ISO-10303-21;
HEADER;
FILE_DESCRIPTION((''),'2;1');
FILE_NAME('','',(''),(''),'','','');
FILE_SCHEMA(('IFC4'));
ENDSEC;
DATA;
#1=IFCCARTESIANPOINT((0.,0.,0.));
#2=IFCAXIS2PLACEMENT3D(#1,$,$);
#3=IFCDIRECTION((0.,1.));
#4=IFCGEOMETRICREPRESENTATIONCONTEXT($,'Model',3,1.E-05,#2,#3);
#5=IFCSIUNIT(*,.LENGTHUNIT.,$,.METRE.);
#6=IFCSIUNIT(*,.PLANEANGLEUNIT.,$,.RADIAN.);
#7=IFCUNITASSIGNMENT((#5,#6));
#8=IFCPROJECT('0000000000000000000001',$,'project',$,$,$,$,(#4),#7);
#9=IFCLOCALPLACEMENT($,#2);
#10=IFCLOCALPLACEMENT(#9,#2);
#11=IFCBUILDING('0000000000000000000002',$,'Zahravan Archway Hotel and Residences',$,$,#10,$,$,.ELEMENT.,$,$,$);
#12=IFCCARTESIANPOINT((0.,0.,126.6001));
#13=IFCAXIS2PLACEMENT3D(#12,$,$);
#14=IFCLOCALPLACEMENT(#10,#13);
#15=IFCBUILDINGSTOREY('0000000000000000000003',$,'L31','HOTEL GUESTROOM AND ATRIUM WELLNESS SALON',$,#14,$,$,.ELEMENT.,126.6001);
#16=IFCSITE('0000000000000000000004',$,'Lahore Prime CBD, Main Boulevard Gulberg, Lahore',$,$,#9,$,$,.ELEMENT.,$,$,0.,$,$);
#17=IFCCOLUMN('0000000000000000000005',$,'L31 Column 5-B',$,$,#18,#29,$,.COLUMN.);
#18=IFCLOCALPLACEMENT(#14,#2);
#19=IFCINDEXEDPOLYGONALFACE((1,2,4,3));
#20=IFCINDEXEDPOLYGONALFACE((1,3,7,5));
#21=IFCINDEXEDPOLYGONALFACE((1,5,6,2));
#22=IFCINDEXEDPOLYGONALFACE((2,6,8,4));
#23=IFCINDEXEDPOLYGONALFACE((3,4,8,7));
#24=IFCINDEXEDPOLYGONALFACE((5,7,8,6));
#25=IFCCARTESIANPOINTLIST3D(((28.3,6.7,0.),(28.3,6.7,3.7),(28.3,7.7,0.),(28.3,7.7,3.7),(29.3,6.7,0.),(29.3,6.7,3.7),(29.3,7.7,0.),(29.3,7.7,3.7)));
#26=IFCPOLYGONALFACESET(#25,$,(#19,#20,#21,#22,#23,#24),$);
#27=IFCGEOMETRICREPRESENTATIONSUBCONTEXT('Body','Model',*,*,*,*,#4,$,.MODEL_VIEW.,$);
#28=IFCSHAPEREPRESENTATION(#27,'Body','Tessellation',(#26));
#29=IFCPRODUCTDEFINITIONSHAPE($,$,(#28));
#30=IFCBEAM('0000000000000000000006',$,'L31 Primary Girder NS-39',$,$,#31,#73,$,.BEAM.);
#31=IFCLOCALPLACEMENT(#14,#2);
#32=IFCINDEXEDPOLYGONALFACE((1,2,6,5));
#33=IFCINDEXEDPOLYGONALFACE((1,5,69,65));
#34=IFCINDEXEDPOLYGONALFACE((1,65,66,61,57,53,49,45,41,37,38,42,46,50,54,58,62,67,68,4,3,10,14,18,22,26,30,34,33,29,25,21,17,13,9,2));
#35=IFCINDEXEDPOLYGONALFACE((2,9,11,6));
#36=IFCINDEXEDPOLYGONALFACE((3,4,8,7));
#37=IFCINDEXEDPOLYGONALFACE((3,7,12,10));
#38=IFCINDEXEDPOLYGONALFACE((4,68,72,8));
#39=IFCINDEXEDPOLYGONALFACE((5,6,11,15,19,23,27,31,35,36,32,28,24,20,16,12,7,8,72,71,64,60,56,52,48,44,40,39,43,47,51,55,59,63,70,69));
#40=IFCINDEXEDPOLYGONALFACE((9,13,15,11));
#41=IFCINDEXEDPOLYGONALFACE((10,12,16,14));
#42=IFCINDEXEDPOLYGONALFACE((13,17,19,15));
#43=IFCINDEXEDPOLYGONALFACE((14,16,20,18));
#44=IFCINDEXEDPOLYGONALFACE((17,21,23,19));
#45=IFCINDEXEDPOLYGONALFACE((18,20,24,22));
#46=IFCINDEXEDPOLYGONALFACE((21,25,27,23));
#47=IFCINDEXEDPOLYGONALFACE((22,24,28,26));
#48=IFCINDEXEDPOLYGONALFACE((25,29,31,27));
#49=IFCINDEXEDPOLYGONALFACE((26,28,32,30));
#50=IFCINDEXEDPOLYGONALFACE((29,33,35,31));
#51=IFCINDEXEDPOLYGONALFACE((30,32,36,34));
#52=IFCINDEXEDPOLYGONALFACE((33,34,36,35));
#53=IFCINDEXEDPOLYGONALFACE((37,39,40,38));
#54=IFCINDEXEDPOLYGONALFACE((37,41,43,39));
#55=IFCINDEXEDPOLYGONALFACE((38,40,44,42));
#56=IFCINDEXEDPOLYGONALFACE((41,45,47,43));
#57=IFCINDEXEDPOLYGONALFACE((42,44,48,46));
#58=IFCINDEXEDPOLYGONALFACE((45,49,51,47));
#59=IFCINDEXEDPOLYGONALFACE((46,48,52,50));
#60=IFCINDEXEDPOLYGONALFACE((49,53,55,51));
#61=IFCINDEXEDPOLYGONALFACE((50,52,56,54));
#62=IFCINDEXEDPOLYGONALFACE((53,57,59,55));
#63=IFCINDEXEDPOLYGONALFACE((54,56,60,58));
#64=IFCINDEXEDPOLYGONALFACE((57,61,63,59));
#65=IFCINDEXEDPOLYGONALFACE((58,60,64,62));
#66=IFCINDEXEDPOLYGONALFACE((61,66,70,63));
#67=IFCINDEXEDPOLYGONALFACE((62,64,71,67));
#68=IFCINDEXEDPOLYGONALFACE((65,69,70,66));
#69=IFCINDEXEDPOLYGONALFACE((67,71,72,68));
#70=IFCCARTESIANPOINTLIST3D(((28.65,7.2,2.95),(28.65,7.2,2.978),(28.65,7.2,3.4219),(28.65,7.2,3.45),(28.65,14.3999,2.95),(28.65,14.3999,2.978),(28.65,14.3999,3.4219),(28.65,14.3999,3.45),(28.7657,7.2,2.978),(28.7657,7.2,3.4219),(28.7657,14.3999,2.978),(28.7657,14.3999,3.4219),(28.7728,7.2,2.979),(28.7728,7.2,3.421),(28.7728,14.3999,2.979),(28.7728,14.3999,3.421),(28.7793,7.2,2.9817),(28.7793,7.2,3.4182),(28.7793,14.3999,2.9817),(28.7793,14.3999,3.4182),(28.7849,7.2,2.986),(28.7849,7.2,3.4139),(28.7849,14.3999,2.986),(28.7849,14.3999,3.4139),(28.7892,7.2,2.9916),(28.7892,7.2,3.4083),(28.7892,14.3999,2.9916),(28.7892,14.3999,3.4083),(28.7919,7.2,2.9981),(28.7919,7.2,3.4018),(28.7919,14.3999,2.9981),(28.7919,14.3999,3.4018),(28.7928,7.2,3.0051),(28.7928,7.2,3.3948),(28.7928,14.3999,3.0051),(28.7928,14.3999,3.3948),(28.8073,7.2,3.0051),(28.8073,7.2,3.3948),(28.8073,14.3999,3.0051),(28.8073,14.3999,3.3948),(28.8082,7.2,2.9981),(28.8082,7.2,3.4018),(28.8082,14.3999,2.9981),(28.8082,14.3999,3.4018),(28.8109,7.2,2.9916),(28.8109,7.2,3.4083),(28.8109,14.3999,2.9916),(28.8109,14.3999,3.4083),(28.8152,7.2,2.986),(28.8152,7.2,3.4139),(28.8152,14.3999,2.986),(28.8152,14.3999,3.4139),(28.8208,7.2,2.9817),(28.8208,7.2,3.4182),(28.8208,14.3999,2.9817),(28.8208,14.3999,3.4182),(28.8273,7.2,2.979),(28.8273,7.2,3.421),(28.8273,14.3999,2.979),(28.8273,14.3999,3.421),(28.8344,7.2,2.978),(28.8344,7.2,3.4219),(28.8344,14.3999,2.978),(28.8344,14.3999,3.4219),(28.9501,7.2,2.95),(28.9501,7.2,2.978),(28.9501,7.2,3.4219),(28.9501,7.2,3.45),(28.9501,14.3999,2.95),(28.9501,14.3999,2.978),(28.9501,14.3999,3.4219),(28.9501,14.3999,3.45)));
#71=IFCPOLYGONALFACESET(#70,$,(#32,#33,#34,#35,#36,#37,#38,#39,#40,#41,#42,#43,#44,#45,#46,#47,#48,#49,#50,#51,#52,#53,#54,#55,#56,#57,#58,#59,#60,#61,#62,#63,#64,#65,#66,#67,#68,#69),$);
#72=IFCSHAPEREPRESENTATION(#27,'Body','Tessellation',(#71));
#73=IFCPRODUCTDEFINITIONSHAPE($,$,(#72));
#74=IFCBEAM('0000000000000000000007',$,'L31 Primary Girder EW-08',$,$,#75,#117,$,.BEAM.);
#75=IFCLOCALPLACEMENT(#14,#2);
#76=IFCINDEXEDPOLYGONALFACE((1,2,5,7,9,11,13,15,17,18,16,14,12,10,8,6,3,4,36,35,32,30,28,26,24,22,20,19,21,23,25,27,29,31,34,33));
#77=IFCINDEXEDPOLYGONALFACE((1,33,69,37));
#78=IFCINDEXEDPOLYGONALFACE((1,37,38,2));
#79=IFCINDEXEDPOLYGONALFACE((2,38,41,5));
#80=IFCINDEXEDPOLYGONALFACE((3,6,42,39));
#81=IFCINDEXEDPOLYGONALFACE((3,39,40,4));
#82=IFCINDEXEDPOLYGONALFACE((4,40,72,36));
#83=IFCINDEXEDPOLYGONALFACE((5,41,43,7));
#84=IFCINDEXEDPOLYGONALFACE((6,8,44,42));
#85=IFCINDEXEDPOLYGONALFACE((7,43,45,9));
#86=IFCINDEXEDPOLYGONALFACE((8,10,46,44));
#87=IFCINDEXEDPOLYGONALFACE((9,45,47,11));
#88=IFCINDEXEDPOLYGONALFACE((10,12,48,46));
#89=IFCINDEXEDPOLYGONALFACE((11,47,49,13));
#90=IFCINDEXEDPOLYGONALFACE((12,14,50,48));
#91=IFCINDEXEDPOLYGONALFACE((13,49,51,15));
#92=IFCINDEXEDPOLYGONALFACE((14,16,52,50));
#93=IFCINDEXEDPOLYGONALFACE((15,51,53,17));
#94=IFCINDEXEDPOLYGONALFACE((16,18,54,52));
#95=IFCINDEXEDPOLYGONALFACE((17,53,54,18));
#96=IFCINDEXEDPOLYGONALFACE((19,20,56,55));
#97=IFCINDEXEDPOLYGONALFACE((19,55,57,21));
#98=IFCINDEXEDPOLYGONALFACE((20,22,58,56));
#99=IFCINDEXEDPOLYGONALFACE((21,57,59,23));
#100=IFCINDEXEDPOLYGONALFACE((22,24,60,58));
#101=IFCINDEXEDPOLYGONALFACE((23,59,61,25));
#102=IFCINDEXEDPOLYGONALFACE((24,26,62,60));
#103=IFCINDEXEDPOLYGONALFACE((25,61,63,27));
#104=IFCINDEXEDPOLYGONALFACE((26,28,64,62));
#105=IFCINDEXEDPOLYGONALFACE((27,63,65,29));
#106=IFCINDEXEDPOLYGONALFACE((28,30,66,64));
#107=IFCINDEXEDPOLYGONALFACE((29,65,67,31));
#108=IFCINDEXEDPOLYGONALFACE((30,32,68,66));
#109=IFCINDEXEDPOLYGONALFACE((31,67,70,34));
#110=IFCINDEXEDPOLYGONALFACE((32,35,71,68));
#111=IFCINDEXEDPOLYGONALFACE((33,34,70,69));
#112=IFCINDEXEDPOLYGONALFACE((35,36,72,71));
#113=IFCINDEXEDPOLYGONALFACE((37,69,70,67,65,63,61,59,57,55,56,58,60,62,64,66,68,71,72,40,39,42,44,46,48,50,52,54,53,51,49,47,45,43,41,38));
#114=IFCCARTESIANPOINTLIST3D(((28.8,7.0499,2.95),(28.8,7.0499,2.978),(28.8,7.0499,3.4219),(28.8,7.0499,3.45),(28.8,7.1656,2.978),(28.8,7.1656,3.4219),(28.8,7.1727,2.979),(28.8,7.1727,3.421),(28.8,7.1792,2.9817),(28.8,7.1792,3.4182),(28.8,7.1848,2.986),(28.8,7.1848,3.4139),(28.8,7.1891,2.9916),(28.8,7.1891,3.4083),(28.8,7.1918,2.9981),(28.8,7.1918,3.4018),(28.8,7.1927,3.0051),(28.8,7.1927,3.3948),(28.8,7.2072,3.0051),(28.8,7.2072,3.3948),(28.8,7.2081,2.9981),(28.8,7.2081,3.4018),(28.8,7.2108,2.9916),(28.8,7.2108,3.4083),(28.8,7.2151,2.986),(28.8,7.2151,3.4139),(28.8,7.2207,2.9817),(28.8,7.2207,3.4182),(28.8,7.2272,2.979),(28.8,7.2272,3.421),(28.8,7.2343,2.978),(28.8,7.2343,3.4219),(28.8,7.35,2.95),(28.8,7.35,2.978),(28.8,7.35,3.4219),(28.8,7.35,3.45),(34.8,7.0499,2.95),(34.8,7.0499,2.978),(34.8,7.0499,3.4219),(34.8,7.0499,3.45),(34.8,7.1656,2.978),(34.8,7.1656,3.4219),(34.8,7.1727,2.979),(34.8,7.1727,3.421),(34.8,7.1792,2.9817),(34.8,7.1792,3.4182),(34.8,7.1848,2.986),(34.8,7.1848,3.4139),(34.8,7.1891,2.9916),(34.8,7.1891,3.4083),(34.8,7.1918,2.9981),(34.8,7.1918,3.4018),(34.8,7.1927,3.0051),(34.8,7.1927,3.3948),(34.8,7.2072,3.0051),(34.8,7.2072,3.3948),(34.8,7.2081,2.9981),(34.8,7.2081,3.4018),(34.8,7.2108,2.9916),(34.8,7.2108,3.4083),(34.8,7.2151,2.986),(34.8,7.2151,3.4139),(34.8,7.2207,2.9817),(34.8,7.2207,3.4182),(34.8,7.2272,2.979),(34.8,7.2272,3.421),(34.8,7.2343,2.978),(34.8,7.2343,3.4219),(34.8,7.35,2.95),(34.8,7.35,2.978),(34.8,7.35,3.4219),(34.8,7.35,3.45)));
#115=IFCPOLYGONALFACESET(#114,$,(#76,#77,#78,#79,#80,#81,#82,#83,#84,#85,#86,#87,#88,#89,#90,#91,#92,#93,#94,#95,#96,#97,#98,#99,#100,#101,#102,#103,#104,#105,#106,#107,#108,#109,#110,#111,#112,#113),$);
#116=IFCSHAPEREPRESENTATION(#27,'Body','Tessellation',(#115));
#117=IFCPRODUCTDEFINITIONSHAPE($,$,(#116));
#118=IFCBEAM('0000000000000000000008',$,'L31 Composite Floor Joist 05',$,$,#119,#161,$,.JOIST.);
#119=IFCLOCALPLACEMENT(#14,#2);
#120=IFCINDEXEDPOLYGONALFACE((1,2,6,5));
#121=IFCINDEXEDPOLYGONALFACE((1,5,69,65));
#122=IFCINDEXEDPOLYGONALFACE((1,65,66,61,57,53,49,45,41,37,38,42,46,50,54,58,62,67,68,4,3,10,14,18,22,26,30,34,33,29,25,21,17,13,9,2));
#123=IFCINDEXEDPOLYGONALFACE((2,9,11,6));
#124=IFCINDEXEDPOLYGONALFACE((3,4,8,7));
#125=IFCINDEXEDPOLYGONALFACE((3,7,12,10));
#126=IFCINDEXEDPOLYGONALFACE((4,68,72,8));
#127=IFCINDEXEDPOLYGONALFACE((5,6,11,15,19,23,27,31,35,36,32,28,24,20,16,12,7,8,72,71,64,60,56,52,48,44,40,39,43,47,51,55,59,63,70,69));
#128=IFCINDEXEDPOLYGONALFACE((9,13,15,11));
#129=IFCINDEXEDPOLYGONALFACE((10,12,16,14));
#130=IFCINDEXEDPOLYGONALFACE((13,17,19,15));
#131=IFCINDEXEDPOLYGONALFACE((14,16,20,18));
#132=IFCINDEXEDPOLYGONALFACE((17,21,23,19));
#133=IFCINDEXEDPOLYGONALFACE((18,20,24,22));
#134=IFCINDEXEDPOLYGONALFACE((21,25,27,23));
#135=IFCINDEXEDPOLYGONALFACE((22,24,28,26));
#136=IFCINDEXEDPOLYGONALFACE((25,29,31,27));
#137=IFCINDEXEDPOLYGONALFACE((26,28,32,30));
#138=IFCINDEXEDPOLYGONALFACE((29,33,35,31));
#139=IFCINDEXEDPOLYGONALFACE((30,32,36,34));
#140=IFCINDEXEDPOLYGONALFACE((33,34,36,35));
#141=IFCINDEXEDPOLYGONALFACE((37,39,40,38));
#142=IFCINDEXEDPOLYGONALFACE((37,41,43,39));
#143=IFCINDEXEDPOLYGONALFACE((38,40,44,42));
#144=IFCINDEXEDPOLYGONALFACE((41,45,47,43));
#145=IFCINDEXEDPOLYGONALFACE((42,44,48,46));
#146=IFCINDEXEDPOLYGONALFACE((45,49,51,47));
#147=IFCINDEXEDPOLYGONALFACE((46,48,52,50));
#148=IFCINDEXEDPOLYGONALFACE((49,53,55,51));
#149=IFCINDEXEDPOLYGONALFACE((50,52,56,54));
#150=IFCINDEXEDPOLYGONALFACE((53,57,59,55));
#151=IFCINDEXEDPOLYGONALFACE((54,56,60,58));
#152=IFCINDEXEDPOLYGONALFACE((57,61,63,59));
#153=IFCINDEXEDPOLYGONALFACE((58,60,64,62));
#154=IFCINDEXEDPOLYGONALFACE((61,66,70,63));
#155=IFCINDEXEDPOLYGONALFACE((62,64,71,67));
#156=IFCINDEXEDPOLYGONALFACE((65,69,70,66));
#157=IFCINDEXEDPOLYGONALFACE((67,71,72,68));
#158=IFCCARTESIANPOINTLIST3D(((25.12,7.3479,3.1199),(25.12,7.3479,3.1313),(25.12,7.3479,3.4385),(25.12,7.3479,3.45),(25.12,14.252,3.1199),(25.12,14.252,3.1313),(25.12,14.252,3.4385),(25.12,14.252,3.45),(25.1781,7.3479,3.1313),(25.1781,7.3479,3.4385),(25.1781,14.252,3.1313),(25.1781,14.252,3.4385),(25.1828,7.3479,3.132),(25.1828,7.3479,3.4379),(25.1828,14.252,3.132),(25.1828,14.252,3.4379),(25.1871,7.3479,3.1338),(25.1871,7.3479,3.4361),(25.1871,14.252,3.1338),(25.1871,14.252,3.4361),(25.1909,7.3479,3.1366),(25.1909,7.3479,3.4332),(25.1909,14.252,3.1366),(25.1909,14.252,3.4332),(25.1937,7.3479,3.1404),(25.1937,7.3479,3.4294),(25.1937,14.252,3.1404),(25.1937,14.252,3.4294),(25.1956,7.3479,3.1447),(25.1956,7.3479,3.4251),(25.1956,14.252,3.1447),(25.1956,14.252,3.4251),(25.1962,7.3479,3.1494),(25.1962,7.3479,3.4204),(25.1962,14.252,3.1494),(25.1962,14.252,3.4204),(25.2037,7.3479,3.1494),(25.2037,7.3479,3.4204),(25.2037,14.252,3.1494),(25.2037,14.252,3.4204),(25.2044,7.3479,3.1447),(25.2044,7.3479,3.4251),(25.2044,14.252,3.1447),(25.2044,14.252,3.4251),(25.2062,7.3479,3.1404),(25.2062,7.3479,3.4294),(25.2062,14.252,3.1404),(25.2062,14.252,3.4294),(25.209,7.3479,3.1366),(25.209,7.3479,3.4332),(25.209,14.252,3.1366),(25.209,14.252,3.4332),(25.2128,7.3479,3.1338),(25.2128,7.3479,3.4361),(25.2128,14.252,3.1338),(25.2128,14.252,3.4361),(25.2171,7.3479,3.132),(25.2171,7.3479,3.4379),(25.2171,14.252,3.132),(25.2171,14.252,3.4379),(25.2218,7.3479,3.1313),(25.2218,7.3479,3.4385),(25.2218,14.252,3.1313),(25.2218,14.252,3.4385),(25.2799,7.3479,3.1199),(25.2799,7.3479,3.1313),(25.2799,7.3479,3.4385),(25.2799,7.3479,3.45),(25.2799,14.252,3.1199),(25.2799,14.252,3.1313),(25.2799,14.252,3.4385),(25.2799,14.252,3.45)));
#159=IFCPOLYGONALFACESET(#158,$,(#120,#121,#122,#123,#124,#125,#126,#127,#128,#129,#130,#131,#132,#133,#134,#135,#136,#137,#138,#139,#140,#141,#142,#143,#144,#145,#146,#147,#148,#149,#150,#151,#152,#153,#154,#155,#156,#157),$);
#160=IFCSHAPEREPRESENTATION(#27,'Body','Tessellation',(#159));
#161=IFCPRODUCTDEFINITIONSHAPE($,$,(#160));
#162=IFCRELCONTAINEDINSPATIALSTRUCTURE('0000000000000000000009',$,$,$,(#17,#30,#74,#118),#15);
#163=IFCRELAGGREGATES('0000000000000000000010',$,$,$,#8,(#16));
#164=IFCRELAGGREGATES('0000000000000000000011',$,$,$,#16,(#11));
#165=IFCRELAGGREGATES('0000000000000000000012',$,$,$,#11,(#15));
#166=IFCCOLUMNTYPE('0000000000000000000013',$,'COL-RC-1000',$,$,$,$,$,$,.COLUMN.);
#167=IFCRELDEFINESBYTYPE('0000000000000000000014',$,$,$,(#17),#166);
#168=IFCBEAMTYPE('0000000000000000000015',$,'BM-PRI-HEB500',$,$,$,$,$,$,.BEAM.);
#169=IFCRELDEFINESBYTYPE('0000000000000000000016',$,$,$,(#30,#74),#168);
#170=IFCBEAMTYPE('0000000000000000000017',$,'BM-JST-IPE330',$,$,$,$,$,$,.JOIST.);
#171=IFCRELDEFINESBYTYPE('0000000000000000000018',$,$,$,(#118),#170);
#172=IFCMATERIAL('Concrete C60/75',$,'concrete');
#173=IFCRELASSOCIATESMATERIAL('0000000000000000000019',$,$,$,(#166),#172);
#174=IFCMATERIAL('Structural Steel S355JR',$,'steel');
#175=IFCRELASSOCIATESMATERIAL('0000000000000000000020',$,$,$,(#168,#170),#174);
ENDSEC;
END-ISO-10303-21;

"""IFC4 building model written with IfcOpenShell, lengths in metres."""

from ifc_helpers import new_model, si_unit, direction, frame, origin, origin_2d, place, context, subcontext, project, spatial, rectangle, i_section, extrude, source, transform, mapped, material, material_profile, profile_set, type_object, type_shapes, element, save


model = new_model("IFC4")

# Units and contexts
model_context = context("Model", 3, precision=1e-05, world=origin(), true_north=direction((0.0, 1.0)))
body_context = subcontext(model_context, "Body", "Model", "MODEL_VIEW")
ifc_project = project(units=[si_unit("LENGTHUNIT", "METRE"), si_unit("PLANEANGLEUNIT", "RADIAN")], contexts=[model_context])

# Site, building, storey
site_placement = place(None, origin())
site = spatial("IfcSite", under=ifc_project, at=site_placement, Name="Lahore Prime CBD, Main Boulevard Gulberg, Lahore", CompositionType="ELEMENT", RefElevation=0.0)
building_placement = place(site_placement, origin())
building = spatial("IfcBuilding", under=site, at=building_placement, Name="Zahravan Archway Hotel and Residences", CompositionType="ELEMENT")
storey_placement = place(building_placement, frame((0.0, 0.0, 126.6001)))
storey = spatial("IfcBuildingStorey", under=building, at=storey_placement, Name="L31", Description="HOTEL GUESTROOM AND ATRIUM WELLNESS SALON", CompositionType="ELEMENT", Elevation=126.6001)

# Column
ifc_material_1 = material(Name="Concrete C60/75", Category="concrete")
ifc_material_profile_1 = material_profile(ifc_material_1, rectangle(XDim=1.0, YDim=1.0, at=origin_2d()), Name="RC-COL-1000x1000", Category="concrete")
ifc_profile_set_1 = profile_set([ifc_material_profile_1], Name="Concrete C60/75")
column_type = type_object("IfcColumnType", Name="COL-RC-1000", PredefinedType="COLUMN", material=ifc_profile_set_1)
shared_shape_1 = source(origin(), body_context, "Body", "SweptSolid", [
    extrude(rectangle(XDim=1.0, YDim=1.0, at=origin_2d()), origin(), (0.0, 0.0, 1.0), 3.7),
])
type_shapes(column_type, [shared_shape_1])
column_placement = place(storey_placement, frame((28.8, 7.2, 0.0), z_axis=(0.0, 0.0, 1.0), x_axis=(1.0, 0.0, 0.0)))
element("IfcColumn", 1, at=column_placement, inside=storey, type_object=column_type, Name="L31 Column 5-B", PredefinedType="COLUMN", context=body_context, shape_type="MappedRepresentation", body=[
    mapped(shared_shape_1, transform((0.0, 0.0, 0.0), scale=1.0)),
])

# Beams
ifc_material_2 = material(Name="Structural Steel S355JR", Category="steel")
ifc_material_profile_2 = material_profile(ifc_material_2, i_section(OverallWidth=0.3, OverallDepth=0.5, WebThickness=0.0144, FlangeThickness=0.0281, FilletRadius=0.0271, at=origin_2d()), Name="HEB 500", Category="steel")
ifc_profile_set_2 = profile_set([ifc_material_profile_2], Name="Structural Steel S355JR")
beam_type_1 = type_object("IfcBeamType", Name="BM-PRI-HEB500", PredefinedType="BEAM", material=ifc_profile_set_2)
shared_shape_2 = source(origin(), body_context, "Body", "SweptSolid", [
    extrude(i_section(OverallWidth=0.3, OverallDepth=0.5, WebThickness=0.0144, FlangeThickness=0.0281, FilletRadius=0.0271, at=origin_2d()), origin(), (0.0, 0.0, 1.0), 7.2),
])
beam_1_placement = place(storey_placement, frame((28.8, 7.2, 3.2), z_axis=(0.0, 1.0, 0.0), x_axis=(-1.0, 0.0, 0.0)))
element("IfcBeam", 2, at=beam_1_placement, inside=storey, type_object=beam_type_1, Name="L31 Primary Girder NS-39", PredefinedType="BEAM", context=body_context, shape_type="MappedRepresentation", body=[
    mapped(shared_shape_2, transform((0.0, 0.0, 0.0), scale=1.0)),
])
shared_shape_3 = source(origin(), body_context, "Body", "SweptSolid", [
    extrude(i_section(OverallWidth=0.3, OverallDepth=0.5, WebThickness=0.0144, FlangeThickness=0.0281, FilletRadius=0.0271, at=origin_2d()), origin(), (0.0, 0.0, 1.0), 6.0),
])
beam_2_placement = place(storey_placement, frame((28.8, 7.2, 3.2), z_axis=(1.0, 0.0, 0.0), x_axis=(0.0, 1.0, 0.0)))
element("IfcBeam", 3, at=beam_2_placement, inside=storey, type_object=beam_type_1, Name="L31 Primary Girder EW-08", PredefinedType="BEAM", context=body_context, shape_type="MappedRepresentation", body=[
    mapped(shared_shape_3, transform((0.0, 0.0, 0.0), scale=1.0)),
])
ifc_material_profile_3 = material_profile(ifc_material_2, i_section(OverallWidth=0.1599, OverallDepth=0.3301, WebThickness=0.0076, FlangeThickness=0.0115, FilletRadius=0.0181, at=origin_2d()), Name="IPE 330", Category="steel")
ifc_profile_set_3 = profile_set([ifc_material_profile_3], Name="Structural Steel S355JR")
beam_type_2 = type_object("IfcBeamType", Name="BM-JST-IPE330", PredefinedType="JOIST", material=ifc_profile_set_3)
shared_shape_4 = source(origin(), body_context, "Body", "SweptSolid", [
    extrude(i_section(OverallWidth=0.1599, OverallDepth=0.3301, WebThickness=0.0076, FlangeThickness=0.0115, FilletRadius=0.0181, at=origin_2d()), origin(), (0.0, 0.0, 1.0), 6.9041),
])
type_shapes(beam_type_2, [shared_shape_4])
beam_3_placement = place(storey_placement, frame((25.2, 7.3479, 3.2849), z_axis=(0.0, 1.0, 0.0), x_axis=(-1.0, 0.0, 0.0)))
element("IfcBeam", 4, at=beam_3_placement, inside=storey, type_object=beam_type_2, Name="L31 Composite Floor Joist 05", PredefinedType="JOIST", context=body_context, shape_type="MappedRepresentation", body=[
    mapped(shared_shape_4, transform((0.0, 0.0, 0.0), scale=1.0)),
])

save(model, "model.ifc")
